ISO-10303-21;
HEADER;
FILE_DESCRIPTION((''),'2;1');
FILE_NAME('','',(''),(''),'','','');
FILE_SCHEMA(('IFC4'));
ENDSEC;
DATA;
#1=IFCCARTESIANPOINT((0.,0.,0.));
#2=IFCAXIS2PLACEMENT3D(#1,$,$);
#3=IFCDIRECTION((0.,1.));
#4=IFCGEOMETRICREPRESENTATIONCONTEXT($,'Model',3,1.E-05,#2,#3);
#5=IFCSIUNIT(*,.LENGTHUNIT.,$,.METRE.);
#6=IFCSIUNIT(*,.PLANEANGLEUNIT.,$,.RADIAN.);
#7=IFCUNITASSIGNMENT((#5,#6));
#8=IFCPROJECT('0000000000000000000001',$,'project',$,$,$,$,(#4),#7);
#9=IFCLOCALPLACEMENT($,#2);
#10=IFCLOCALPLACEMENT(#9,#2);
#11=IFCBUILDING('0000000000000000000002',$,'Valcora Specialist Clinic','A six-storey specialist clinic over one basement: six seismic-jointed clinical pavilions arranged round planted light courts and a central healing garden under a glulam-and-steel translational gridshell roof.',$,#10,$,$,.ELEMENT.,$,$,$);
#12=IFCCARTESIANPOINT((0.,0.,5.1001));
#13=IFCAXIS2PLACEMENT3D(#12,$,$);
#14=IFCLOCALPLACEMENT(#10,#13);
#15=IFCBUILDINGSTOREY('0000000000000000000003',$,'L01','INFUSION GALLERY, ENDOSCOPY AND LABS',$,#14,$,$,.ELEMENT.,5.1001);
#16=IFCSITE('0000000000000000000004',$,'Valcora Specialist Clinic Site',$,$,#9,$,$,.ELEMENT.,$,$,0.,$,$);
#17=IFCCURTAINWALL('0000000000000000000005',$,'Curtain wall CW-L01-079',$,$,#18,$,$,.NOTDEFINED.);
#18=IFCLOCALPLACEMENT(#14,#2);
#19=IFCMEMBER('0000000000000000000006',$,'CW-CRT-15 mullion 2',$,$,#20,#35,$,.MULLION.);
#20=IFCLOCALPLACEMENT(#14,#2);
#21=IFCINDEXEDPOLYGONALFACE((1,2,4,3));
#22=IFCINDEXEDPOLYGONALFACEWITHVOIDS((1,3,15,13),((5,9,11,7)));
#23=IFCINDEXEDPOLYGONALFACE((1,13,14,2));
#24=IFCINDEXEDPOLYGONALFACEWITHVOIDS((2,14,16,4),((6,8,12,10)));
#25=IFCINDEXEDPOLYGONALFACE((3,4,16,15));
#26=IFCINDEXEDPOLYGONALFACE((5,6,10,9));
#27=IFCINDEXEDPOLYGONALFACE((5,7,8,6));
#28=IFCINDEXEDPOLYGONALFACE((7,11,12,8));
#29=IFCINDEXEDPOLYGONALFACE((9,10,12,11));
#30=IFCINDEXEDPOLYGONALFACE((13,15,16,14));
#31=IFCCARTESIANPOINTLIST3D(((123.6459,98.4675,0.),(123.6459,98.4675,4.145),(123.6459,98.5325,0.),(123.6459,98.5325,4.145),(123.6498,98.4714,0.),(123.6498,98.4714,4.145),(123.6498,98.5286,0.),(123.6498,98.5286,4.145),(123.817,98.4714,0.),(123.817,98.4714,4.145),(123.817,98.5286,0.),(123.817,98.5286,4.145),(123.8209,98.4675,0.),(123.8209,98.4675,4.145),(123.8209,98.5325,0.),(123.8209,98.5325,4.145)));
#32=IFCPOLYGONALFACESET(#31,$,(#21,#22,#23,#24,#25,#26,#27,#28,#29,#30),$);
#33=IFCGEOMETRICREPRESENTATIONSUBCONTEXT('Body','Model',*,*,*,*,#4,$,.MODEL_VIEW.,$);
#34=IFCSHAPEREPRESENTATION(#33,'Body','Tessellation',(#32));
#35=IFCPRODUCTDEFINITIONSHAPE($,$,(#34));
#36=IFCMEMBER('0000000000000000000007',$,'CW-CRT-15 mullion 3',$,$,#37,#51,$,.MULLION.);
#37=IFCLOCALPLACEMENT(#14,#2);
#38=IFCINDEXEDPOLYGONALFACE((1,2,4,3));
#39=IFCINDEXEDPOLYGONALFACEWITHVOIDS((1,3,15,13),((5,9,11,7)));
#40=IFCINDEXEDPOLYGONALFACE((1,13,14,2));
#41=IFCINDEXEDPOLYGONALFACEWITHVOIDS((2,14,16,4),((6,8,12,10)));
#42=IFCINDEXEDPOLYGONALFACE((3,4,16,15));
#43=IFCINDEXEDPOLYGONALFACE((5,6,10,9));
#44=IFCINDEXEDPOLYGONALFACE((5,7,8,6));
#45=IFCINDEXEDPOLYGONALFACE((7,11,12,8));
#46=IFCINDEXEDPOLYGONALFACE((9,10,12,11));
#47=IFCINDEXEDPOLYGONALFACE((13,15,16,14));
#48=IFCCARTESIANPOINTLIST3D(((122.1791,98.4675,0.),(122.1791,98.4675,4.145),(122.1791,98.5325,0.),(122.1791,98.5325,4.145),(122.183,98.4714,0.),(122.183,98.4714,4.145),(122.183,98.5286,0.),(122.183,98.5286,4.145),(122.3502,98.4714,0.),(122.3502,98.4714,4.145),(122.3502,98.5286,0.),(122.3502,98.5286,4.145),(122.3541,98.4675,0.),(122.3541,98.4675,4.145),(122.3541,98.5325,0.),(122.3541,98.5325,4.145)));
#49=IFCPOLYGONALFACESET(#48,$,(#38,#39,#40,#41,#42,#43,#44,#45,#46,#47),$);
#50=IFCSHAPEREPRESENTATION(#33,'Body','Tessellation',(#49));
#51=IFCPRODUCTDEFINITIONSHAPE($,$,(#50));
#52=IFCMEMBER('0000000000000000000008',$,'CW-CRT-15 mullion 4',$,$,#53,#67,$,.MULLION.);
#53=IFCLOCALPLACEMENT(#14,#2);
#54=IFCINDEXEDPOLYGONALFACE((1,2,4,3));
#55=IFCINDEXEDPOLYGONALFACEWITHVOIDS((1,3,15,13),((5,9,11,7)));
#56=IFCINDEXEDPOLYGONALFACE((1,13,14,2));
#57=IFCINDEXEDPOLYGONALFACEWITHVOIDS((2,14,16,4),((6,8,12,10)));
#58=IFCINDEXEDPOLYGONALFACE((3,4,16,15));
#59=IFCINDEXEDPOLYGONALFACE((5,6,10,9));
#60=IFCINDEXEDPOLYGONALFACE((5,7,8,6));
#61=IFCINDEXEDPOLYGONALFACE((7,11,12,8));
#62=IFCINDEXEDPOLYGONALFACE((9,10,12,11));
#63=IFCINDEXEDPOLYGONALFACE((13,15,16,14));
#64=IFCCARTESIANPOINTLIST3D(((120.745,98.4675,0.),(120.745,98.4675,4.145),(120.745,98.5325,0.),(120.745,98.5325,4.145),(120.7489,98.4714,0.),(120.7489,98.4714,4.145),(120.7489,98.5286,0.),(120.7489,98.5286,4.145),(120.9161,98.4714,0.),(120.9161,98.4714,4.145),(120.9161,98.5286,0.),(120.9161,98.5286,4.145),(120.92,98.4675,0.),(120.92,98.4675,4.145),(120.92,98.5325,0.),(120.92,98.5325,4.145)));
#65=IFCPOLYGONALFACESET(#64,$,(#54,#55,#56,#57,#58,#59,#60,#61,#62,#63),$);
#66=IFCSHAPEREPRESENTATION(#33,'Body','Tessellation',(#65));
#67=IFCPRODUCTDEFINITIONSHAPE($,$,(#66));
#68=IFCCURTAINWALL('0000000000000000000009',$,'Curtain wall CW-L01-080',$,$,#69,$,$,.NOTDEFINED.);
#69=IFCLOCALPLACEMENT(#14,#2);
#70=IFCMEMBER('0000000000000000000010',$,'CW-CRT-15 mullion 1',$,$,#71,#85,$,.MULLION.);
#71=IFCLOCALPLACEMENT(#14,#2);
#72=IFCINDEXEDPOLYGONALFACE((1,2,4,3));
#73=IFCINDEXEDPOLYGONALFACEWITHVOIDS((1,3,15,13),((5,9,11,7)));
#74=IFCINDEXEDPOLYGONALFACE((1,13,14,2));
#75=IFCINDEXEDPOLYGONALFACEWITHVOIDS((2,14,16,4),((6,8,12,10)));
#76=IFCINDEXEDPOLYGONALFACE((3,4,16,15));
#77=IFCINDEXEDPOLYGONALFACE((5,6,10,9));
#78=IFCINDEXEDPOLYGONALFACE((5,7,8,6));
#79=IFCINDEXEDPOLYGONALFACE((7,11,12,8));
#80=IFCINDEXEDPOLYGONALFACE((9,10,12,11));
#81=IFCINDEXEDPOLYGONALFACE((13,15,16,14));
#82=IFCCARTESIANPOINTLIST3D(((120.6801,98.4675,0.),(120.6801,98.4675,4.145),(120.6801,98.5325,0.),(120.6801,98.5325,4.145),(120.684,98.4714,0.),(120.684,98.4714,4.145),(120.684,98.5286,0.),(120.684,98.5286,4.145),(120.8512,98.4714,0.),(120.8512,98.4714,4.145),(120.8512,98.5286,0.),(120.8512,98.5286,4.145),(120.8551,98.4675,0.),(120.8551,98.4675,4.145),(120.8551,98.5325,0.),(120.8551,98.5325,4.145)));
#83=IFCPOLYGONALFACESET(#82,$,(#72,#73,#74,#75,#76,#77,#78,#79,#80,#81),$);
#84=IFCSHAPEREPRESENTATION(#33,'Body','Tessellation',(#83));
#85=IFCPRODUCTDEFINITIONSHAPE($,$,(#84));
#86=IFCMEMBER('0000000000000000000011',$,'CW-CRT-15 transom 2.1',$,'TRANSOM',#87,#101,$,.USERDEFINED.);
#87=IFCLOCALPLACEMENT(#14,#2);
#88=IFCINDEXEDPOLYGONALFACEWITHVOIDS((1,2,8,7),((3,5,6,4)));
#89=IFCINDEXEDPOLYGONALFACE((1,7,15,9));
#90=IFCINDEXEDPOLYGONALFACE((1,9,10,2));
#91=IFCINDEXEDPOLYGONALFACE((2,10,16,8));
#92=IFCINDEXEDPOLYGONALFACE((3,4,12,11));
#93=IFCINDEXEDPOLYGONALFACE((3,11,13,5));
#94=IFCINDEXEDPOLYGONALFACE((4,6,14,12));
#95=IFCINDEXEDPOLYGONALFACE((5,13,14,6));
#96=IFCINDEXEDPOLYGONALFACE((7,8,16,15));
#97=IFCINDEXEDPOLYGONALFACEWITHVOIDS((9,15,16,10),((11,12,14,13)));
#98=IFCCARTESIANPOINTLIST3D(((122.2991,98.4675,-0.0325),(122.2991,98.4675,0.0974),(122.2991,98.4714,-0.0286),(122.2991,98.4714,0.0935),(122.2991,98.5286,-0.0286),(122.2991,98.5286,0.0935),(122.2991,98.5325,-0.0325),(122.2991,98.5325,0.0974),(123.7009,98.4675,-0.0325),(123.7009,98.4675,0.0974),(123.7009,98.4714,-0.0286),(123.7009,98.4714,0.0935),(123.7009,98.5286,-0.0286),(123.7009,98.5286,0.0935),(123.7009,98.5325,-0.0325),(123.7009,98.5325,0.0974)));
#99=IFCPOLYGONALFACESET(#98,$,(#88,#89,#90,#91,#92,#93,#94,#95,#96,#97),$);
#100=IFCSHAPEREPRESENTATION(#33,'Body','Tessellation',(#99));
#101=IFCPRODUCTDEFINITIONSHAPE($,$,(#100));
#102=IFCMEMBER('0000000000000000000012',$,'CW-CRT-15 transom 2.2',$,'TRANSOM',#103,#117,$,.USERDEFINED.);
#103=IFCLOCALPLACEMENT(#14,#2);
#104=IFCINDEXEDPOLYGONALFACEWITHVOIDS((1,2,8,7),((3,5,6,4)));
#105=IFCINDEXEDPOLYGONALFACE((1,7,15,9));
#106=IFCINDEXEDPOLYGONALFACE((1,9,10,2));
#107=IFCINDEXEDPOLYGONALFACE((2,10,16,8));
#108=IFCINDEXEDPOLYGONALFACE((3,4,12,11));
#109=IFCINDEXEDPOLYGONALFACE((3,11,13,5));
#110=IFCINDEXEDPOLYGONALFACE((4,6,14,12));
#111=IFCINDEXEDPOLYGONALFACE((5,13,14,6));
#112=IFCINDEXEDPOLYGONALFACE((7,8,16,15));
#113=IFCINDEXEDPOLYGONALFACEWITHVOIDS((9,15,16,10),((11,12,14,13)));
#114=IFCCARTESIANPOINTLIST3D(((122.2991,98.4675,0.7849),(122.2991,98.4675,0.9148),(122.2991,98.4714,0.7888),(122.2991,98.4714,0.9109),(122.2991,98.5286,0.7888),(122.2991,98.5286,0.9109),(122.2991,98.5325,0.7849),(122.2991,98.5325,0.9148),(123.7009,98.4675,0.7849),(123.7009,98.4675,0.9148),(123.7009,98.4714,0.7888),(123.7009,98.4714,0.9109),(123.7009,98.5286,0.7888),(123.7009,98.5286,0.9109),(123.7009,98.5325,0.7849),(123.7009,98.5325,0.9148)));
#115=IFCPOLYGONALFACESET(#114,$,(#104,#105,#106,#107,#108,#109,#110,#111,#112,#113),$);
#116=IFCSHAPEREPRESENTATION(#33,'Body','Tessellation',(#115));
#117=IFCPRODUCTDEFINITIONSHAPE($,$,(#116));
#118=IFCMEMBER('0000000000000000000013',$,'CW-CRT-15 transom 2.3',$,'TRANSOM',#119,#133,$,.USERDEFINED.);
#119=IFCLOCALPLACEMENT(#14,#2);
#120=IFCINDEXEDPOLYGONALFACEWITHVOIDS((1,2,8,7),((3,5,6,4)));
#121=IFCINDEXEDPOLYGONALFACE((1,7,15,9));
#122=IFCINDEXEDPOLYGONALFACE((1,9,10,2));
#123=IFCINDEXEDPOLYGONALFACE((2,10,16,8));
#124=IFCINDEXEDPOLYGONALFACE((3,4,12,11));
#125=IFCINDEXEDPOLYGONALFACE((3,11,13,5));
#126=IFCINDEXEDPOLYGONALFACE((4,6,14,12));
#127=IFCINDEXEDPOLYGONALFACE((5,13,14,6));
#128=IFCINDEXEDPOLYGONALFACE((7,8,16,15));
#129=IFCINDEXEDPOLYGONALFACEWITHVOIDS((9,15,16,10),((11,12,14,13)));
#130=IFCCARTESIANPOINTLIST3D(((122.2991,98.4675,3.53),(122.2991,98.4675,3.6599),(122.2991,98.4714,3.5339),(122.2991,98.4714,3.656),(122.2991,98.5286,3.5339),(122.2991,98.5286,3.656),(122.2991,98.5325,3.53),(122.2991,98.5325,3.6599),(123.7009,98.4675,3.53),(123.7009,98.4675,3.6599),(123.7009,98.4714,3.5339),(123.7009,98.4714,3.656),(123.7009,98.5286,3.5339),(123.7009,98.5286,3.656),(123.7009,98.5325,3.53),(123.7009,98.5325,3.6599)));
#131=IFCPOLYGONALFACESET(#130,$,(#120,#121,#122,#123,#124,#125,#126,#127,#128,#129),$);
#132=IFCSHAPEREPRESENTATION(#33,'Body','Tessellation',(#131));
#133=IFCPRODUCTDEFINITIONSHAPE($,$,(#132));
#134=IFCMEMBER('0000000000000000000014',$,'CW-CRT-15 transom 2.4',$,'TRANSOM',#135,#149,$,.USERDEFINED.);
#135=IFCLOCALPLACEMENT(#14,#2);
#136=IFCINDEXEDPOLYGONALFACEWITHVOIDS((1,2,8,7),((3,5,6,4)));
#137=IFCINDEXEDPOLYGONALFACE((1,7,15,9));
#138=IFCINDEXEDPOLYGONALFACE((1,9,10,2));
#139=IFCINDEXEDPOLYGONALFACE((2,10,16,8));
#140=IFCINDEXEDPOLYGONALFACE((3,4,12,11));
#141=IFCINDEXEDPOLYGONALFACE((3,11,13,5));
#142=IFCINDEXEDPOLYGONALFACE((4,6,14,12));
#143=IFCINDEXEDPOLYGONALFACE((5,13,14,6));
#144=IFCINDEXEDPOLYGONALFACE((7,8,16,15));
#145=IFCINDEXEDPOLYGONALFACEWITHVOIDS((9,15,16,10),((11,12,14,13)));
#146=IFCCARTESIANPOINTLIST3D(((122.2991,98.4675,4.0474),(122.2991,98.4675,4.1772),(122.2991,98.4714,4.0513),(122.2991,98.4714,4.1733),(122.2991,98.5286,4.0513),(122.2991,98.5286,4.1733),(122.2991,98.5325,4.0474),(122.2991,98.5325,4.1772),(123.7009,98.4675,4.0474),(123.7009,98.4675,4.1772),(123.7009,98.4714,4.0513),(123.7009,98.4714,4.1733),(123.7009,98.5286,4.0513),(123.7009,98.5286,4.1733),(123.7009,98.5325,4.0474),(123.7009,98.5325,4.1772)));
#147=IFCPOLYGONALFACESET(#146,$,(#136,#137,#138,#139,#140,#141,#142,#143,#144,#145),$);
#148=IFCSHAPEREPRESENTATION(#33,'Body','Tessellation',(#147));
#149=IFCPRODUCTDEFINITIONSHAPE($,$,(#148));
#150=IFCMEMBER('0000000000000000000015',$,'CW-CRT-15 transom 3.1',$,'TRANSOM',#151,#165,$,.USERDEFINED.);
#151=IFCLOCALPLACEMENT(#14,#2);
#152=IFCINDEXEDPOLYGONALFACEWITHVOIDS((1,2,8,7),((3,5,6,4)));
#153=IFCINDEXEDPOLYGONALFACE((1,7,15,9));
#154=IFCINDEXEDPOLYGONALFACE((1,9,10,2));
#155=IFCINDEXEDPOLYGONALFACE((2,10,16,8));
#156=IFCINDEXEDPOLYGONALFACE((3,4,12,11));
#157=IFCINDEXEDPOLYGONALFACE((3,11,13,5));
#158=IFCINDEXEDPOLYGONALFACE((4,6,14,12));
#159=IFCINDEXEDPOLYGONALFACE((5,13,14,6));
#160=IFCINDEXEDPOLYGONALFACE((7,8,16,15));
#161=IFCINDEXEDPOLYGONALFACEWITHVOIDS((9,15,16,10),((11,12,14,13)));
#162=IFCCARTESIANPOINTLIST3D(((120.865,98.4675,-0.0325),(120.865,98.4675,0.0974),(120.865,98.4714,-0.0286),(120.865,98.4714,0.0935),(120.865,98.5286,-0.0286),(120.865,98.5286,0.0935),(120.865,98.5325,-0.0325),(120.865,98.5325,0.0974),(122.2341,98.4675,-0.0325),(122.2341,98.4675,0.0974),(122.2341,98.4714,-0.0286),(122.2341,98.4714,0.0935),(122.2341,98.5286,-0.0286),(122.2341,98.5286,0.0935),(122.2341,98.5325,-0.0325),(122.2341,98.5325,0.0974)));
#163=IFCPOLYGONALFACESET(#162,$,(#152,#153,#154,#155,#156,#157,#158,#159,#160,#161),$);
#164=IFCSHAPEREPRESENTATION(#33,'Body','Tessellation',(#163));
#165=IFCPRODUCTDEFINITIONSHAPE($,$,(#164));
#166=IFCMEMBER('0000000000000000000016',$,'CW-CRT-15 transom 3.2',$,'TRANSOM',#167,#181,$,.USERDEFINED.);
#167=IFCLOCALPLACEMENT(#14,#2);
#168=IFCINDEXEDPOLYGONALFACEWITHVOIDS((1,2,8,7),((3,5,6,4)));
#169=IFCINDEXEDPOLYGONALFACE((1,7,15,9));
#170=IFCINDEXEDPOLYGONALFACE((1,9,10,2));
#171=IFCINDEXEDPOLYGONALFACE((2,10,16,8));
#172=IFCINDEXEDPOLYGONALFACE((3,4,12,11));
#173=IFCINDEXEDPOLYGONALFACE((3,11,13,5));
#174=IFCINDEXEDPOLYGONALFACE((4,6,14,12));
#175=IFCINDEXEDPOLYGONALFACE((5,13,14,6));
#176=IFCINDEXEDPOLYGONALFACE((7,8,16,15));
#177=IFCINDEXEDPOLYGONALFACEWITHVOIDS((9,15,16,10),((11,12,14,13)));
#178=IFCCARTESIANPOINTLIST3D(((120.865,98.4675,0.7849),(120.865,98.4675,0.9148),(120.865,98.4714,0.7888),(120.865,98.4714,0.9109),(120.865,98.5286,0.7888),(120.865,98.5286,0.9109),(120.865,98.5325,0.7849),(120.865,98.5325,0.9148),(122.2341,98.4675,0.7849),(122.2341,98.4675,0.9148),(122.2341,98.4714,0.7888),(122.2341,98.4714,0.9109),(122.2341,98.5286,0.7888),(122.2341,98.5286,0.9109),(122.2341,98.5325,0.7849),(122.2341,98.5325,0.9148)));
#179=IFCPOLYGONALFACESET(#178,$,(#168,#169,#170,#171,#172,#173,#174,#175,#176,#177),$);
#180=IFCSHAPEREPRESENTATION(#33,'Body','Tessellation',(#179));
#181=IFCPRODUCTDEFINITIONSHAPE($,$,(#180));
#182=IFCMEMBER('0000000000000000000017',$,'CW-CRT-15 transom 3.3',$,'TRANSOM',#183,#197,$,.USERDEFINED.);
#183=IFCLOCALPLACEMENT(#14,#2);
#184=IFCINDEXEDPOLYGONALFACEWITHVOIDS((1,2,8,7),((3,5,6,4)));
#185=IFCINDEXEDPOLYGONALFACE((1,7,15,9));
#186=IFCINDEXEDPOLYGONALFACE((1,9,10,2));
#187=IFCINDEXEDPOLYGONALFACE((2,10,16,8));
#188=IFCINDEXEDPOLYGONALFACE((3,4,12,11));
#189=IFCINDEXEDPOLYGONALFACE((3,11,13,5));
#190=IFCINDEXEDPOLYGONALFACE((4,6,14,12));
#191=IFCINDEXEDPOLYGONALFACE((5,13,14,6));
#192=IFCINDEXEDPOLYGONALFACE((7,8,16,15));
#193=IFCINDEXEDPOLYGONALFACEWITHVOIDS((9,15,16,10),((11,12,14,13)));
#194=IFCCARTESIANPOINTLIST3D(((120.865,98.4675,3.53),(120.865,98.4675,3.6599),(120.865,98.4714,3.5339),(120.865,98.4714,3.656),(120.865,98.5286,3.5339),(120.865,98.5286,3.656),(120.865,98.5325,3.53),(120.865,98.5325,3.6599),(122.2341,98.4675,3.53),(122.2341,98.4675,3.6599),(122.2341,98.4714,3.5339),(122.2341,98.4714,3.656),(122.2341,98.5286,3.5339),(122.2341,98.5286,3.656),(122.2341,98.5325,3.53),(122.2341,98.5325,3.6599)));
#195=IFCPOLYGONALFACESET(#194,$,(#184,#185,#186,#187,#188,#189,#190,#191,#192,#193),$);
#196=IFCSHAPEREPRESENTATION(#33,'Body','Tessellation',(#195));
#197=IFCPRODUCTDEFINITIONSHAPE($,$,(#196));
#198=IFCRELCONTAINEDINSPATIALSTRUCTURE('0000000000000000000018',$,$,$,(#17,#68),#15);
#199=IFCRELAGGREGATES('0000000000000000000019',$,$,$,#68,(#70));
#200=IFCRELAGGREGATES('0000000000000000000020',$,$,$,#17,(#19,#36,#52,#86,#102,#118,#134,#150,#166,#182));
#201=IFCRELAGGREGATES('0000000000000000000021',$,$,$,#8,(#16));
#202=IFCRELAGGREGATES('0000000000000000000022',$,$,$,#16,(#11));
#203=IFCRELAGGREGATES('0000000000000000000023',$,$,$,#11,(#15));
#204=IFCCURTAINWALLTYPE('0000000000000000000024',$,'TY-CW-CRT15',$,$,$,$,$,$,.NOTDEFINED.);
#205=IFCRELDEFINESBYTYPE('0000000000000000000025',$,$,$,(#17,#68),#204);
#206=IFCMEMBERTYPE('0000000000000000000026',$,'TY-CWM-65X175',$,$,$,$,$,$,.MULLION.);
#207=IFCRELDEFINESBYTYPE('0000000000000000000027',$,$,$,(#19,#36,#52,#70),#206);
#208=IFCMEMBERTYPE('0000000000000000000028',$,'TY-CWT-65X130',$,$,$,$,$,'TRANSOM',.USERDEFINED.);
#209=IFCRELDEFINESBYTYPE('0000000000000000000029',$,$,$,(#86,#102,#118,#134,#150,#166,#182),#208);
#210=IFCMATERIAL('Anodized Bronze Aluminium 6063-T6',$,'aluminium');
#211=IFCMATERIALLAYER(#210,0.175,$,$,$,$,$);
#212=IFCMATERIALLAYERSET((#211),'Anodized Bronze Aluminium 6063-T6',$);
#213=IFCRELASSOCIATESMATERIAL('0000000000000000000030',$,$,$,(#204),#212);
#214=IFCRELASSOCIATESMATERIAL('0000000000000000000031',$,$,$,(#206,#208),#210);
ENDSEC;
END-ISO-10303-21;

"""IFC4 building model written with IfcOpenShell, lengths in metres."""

from ifc_helpers import new_model, si_unit, direction, frame, origin, origin_2d, place, context, subcontext, project, spatial, hollow_rectangle, extrude, material, layer, layer_set, material_profile, profile_set, type_object, element, aggregate, save


model = new_model("IFC4")

# Units and contexts
model_context = context("Model", 3, precision=1e-05, world=origin(), true_north=direction((0.0, 1.0)))
body_context = subcontext(model_context, "Body", "Model", "MODEL_VIEW")
ifc_project = project(units=[si_unit("LENGTHUNIT", "METRE"), si_unit("PLANEANGLEUNIT", "RADIAN")], contexts=[model_context])

# Site, building, storey
site_placement = place(None, origin())
site = spatial("IfcSite", under=ifc_project, at=site_placement, Name="Valcora Specialist Clinic Site", CompositionType="ELEMENT", RefElevation=0.0)
building_placement = place(site_placement, origin())
building = spatial("IfcBuilding", under=site, at=building_placement, Name="Valcora Specialist Clinic", Description="A six-storey specialist clinic over one basement: six seismic-jointed clinical pavilions arranged round planted light courts and a central healing garden under a glulam-and-steel translational gridshell roof.", CompositionType="ELEMENT")
storey_placement = place(building_placement, frame((0.0, 0.0, 5.1001)))
storey = spatial("IfcBuildingStorey", under=building, at=storey_placement, Name="L01", Description="INFUSION GALLERY, ENDOSCOPY AND LABS", CompositionType="ELEMENT", Elevation=5.1001)

# Curtain wall, members
ifc_material_1 = material(Name="Anodized Bronze Aluminium 6063-T6", Category="aluminium")
ifc_layer_1 = layer(ifc_material_1, 0.175)
ifc_layer_set_1 = layer_set([ifc_layer_1], Name="Anodized Bronze Aluminium 6063-T6")
curtain_wall_type = type_object("IfcCurtainWallType", Name="TY-CW-CRT15", PredefinedType="NOTDEFINED", material=ifc_layer_set_1)
curtain_wall_1_placement = place(storey_placement, origin())
curtain_wall_1 = element("IfcCurtainWall", 1, at=curtain_wall_1_placement, inside=storey, type_object=curtain_wall_type, Name="Curtain wall CW-L01-079", PredefinedType="NOTDEFINED")
ifc_material_profile_1 = material_profile(ifc_material_1, hollow_rectangle(XDim=0.0649, YDim=0.175, WallThickness=0.0039, at=origin_2d()), Name="AL-MUL-65X175")
ifc_profile_set_1 = profile_set([ifc_material_profile_1], Name="Anodized Bronze Aluminium 6063-T6")
member_type_1 = type_object("IfcMemberType", Name="TY-CWM-65X175", PredefinedType="MULLION", material=ifc_profile_set_1)
member_1_placement = place(storey_placement, frame((123.7334, 98.5, 0.0), z_axis=(0.0, 0.0, 1.0), x_axis=(0.0, -1.0, 0.0)))
member_1 = element("IfcMember", 2, at=member_1_placement, type_object=member_type_1, Name="CW-CRT-15 mullion 2", PredefinedType="MULLION", context=body_context, shape_type="SweptSolid", body=[
    extrude(hollow_rectangle(XDim=0.0649, YDim=0.175, WallThickness=0.0039, at=origin_2d()), origin(), (0.0, 0.0, 1.0), 4.145),
])
member_2_placement = place(storey_placement, frame((122.2666, 98.5, 0.0), z_axis=(0.0, 0.0, 1.0), x_axis=(0.0, -1.0, 0.0)))
member_2 = element("IfcMember", 3, at=member_2_placement, type_object=member_type_1, Name="CW-CRT-15 mullion 3", PredefinedType="MULLION", context=body_context, shape_type="SweptSolid", body=[
    extrude(hollow_rectangle(XDim=0.0649, YDim=0.175, WallThickness=0.0039, at=origin_2d()), origin(), (0.0, 0.0, 1.0), 4.145),
])
member_3_placement = place(storey_placement, frame((120.8325, 98.5, 0.0), z_axis=(0.0, 0.0, 1.0), x_axis=(0.0, -1.0, 0.0)))
member_3 = element("IfcMember", 4, at=member_3_placement, type_object=member_type_1, Name="CW-CRT-15 mullion 4", PredefinedType="MULLION", context=body_context, shape_type="SweptSolid", body=[
    extrude(hollow_rectangle(XDim=0.0649, YDim=0.175, WallThickness=0.0039, at=origin_2d()), origin(), (0.0, 0.0, 1.0), 4.145),
])

# Curtain wall, member
curtain_wall_2_placement = place(storey_placement, origin())
curtain_wall_2 = element("IfcCurtainWall", 5, at=curtain_wall_2_placement, inside=storey, type_object=curtain_wall_type, Name="Curtain wall CW-L01-080", PredefinedType="NOTDEFINED")
member_4_placement = place(storey_placement, frame((120.7676, 98.5, 0.0), z_axis=(0.0, 0.0, 1.0), x_axis=(0.0, -1.0, 0.0)))
member_4 = element("IfcMember", 6, at=member_4_placement, type_object=member_type_1, Name="CW-CRT-15 mullion 1", PredefinedType="MULLION", context=body_context, shape_type="SweptSolid", body=[
    extrude(hollow_rectangle(XDim=0.0649, YDim=0.175, WallThickness=0.0039, at=origin_2d()), origin(), (0.0, 0.0, 1.0), 4.145),
])

# Members
ifc_material_profile_2 = material_profile(ifc_material_1, hollow_rectangle(XDim=0.0649, YDim=0.1299, WallThickness=0.0039, at=origin_2d()), Name="AL-TRN-65X130")
ifc_profile_set_2 = profile_set([ifc_material_profile_2], Name="Anodized Bronze Aluminium 6063-T6")
member_type_2 = type_object("IfcMemberType", Name="TY-CWT-65X130", ElementType="TRANSOM", PredefinedType="USERDEFINED", material=ifc_profile_set_2)
member_5_placement = place(storey_placement, frame((123.7009, 98.5, 0.0325), z_axis=(-1.0, 0.0, 0.0), x_axis=(0.0, -1.0, 0.0)))
member_5 = element("IfcMember", 7, at=member_5_placement, type_object=member_type_2, Name="CW-CRT-15 transom 2.1", ObjectType="TRANSOM", PredefinedType="USERDEFINED", context=body_context, shape_type="SweptSolid", body=[
    extrude(hollow_rectangle(XDim=0.0649, YDim=0.1299, WallThickness=0.0039, at=origin_2d()), origin(), (0.0, 0.0, 1.0), 1.4019),
])
member_6_placement = place(storey_placement, frame((123.7009, 98.5, 0.8499), z_axis=(-1.0, 0.0, 0.0), x_axis=(0.0, -1.0, 0.0)))
member_6 = element("IfcMember", 8, at=member_6_placement, type_object=member_type_2, Name="CW-CRT-15 transom 2.2", ObjectType="TRANSOM", PredefinedType="USERDEFINED", context=body_context, shape_type="SweptSolid", body=[
    extrude(hollow_rectangle(XDim=0.0649, YDim=0.1299, WallThickness=0.0039, at=origin_2d()), origin(), (0.0, 0.0, 1.0), 1.4019),
])
member_7_placement = place(storey_placement, frame((123.7009, 98.5, 3.595), z_axis=(-1.0, 0.0, 0.0), x_axis=(0.0, -1.0, 0.0)))
member_7 = element("IfcMember", 9, at=member_7_placement, type_object=member_type_2, Name="CW-CRT-15 transom 2.3", ObjectType="TRANSOM", PredefinedType="USERDEFINED", context=body_context, shape_type="SweptSolid", body=[
    extrude(hollow_rectangle(XDim=0.0649, YDim=0.1299, WallThickness=0.0039, at=origin_2d()), origin(), (0.0, 0.0, 1.0), 1.4019),
])
member_8_placement = place(storey_placement, frame((123.7009, 98.5, 4.1123), z_axis=(-1.0, 0.0, 0.0), x_axis=(0.0, -1.0, 0.0)))
member_8 = element("IfcMember", 10, at=member_8_placement, type_object=member_type_2, Name="CW-CRT-15 transom 2.4", ObjectType="TRANSOM", PredefinedType="USERDEFINED", context=body_context, shape_type="SweptSolid", body=[
    extrude(hollow_rectangle(XDim=0.0649, YDim=0.1299, WallThickness=0.0039, at=origin_2d()), origin(), (0.0, 0.0, 1.0), 1.4019),
])
member_9_placement = place(storey_placement, frame((122.2341, 98.5, 0.0325), z_axis=(-1.0, 0.0, 0.0), x_axis=(0.0, -1.0, 0.0)))
member_9 = element("IfcMember", 11, at=member_9_placement, type_object=member_type_2, Name="CW-CRT-15 transom 3.1", ObjectType="TRANSOM", PredefinedType="USERDEFINED", context=body_context, shape_type="SweptSolid", body=[
    extrude(hollow_rectangle(XDim=0.0649, YDim=0.1299, WallThickness=0.0039, at=origin_2d()), origin(), (0.0, 0.0, 1.0), 1.3691),
])
member_10_placement = place(storey_placement, frame((122.2341, 98.5, 0.8499), z_axis=(-1.0, 0.0, 0.0), x_axis=(0.0, -1.0, 0.0)))
member_10 = element("IfcMember", 12, at=member_10_placement, type_object=member_type_2, Name="CW-CRT-15 transom 3.2", ObjectType="TRANSOM", PredefinedType="USERDEFINED", context=body_context, shape_type="SweptSolid", body=[
    extrude(hollow_rectangle(XDim=0.0649, YDim=0.1299, WallThickness=0.0039, at=origin_2d()), origin(), (0.0, 0.0, 1.0), 1.3691),
])
member_11_placement = place(storey_placement, frame((122.2341, 98.5, 3.595), z_axis=(-1.0, 0.0, 0.0), x_axis=(0.0, -1.0, 0.0)))
member_11 = element("IfcMember", 13, at=member_11_placement, type_object=member_type_2, Name="CW-CRT-15 transom 3.3", ObjectType="TRANSOM", PredefinedType="USERDEFINED", context=body_context, shape_type="SweptSolid", body=[
    extrude(hollow_rectangle(XDim=0.0649, YDim=0.1299, WallThickness=0.0039, at=origin_2d()), origin(), (0.0, 0.0, 1.0), 1.3691),
])
aggregate(curtain_wall_2, [member_4])

aggregate(curtain_wall_1, [member_1, member_2, member_3, member_5, member_6, member_7, member_8, member_9, member_10, member_11])

save(model, "model.ifc")
